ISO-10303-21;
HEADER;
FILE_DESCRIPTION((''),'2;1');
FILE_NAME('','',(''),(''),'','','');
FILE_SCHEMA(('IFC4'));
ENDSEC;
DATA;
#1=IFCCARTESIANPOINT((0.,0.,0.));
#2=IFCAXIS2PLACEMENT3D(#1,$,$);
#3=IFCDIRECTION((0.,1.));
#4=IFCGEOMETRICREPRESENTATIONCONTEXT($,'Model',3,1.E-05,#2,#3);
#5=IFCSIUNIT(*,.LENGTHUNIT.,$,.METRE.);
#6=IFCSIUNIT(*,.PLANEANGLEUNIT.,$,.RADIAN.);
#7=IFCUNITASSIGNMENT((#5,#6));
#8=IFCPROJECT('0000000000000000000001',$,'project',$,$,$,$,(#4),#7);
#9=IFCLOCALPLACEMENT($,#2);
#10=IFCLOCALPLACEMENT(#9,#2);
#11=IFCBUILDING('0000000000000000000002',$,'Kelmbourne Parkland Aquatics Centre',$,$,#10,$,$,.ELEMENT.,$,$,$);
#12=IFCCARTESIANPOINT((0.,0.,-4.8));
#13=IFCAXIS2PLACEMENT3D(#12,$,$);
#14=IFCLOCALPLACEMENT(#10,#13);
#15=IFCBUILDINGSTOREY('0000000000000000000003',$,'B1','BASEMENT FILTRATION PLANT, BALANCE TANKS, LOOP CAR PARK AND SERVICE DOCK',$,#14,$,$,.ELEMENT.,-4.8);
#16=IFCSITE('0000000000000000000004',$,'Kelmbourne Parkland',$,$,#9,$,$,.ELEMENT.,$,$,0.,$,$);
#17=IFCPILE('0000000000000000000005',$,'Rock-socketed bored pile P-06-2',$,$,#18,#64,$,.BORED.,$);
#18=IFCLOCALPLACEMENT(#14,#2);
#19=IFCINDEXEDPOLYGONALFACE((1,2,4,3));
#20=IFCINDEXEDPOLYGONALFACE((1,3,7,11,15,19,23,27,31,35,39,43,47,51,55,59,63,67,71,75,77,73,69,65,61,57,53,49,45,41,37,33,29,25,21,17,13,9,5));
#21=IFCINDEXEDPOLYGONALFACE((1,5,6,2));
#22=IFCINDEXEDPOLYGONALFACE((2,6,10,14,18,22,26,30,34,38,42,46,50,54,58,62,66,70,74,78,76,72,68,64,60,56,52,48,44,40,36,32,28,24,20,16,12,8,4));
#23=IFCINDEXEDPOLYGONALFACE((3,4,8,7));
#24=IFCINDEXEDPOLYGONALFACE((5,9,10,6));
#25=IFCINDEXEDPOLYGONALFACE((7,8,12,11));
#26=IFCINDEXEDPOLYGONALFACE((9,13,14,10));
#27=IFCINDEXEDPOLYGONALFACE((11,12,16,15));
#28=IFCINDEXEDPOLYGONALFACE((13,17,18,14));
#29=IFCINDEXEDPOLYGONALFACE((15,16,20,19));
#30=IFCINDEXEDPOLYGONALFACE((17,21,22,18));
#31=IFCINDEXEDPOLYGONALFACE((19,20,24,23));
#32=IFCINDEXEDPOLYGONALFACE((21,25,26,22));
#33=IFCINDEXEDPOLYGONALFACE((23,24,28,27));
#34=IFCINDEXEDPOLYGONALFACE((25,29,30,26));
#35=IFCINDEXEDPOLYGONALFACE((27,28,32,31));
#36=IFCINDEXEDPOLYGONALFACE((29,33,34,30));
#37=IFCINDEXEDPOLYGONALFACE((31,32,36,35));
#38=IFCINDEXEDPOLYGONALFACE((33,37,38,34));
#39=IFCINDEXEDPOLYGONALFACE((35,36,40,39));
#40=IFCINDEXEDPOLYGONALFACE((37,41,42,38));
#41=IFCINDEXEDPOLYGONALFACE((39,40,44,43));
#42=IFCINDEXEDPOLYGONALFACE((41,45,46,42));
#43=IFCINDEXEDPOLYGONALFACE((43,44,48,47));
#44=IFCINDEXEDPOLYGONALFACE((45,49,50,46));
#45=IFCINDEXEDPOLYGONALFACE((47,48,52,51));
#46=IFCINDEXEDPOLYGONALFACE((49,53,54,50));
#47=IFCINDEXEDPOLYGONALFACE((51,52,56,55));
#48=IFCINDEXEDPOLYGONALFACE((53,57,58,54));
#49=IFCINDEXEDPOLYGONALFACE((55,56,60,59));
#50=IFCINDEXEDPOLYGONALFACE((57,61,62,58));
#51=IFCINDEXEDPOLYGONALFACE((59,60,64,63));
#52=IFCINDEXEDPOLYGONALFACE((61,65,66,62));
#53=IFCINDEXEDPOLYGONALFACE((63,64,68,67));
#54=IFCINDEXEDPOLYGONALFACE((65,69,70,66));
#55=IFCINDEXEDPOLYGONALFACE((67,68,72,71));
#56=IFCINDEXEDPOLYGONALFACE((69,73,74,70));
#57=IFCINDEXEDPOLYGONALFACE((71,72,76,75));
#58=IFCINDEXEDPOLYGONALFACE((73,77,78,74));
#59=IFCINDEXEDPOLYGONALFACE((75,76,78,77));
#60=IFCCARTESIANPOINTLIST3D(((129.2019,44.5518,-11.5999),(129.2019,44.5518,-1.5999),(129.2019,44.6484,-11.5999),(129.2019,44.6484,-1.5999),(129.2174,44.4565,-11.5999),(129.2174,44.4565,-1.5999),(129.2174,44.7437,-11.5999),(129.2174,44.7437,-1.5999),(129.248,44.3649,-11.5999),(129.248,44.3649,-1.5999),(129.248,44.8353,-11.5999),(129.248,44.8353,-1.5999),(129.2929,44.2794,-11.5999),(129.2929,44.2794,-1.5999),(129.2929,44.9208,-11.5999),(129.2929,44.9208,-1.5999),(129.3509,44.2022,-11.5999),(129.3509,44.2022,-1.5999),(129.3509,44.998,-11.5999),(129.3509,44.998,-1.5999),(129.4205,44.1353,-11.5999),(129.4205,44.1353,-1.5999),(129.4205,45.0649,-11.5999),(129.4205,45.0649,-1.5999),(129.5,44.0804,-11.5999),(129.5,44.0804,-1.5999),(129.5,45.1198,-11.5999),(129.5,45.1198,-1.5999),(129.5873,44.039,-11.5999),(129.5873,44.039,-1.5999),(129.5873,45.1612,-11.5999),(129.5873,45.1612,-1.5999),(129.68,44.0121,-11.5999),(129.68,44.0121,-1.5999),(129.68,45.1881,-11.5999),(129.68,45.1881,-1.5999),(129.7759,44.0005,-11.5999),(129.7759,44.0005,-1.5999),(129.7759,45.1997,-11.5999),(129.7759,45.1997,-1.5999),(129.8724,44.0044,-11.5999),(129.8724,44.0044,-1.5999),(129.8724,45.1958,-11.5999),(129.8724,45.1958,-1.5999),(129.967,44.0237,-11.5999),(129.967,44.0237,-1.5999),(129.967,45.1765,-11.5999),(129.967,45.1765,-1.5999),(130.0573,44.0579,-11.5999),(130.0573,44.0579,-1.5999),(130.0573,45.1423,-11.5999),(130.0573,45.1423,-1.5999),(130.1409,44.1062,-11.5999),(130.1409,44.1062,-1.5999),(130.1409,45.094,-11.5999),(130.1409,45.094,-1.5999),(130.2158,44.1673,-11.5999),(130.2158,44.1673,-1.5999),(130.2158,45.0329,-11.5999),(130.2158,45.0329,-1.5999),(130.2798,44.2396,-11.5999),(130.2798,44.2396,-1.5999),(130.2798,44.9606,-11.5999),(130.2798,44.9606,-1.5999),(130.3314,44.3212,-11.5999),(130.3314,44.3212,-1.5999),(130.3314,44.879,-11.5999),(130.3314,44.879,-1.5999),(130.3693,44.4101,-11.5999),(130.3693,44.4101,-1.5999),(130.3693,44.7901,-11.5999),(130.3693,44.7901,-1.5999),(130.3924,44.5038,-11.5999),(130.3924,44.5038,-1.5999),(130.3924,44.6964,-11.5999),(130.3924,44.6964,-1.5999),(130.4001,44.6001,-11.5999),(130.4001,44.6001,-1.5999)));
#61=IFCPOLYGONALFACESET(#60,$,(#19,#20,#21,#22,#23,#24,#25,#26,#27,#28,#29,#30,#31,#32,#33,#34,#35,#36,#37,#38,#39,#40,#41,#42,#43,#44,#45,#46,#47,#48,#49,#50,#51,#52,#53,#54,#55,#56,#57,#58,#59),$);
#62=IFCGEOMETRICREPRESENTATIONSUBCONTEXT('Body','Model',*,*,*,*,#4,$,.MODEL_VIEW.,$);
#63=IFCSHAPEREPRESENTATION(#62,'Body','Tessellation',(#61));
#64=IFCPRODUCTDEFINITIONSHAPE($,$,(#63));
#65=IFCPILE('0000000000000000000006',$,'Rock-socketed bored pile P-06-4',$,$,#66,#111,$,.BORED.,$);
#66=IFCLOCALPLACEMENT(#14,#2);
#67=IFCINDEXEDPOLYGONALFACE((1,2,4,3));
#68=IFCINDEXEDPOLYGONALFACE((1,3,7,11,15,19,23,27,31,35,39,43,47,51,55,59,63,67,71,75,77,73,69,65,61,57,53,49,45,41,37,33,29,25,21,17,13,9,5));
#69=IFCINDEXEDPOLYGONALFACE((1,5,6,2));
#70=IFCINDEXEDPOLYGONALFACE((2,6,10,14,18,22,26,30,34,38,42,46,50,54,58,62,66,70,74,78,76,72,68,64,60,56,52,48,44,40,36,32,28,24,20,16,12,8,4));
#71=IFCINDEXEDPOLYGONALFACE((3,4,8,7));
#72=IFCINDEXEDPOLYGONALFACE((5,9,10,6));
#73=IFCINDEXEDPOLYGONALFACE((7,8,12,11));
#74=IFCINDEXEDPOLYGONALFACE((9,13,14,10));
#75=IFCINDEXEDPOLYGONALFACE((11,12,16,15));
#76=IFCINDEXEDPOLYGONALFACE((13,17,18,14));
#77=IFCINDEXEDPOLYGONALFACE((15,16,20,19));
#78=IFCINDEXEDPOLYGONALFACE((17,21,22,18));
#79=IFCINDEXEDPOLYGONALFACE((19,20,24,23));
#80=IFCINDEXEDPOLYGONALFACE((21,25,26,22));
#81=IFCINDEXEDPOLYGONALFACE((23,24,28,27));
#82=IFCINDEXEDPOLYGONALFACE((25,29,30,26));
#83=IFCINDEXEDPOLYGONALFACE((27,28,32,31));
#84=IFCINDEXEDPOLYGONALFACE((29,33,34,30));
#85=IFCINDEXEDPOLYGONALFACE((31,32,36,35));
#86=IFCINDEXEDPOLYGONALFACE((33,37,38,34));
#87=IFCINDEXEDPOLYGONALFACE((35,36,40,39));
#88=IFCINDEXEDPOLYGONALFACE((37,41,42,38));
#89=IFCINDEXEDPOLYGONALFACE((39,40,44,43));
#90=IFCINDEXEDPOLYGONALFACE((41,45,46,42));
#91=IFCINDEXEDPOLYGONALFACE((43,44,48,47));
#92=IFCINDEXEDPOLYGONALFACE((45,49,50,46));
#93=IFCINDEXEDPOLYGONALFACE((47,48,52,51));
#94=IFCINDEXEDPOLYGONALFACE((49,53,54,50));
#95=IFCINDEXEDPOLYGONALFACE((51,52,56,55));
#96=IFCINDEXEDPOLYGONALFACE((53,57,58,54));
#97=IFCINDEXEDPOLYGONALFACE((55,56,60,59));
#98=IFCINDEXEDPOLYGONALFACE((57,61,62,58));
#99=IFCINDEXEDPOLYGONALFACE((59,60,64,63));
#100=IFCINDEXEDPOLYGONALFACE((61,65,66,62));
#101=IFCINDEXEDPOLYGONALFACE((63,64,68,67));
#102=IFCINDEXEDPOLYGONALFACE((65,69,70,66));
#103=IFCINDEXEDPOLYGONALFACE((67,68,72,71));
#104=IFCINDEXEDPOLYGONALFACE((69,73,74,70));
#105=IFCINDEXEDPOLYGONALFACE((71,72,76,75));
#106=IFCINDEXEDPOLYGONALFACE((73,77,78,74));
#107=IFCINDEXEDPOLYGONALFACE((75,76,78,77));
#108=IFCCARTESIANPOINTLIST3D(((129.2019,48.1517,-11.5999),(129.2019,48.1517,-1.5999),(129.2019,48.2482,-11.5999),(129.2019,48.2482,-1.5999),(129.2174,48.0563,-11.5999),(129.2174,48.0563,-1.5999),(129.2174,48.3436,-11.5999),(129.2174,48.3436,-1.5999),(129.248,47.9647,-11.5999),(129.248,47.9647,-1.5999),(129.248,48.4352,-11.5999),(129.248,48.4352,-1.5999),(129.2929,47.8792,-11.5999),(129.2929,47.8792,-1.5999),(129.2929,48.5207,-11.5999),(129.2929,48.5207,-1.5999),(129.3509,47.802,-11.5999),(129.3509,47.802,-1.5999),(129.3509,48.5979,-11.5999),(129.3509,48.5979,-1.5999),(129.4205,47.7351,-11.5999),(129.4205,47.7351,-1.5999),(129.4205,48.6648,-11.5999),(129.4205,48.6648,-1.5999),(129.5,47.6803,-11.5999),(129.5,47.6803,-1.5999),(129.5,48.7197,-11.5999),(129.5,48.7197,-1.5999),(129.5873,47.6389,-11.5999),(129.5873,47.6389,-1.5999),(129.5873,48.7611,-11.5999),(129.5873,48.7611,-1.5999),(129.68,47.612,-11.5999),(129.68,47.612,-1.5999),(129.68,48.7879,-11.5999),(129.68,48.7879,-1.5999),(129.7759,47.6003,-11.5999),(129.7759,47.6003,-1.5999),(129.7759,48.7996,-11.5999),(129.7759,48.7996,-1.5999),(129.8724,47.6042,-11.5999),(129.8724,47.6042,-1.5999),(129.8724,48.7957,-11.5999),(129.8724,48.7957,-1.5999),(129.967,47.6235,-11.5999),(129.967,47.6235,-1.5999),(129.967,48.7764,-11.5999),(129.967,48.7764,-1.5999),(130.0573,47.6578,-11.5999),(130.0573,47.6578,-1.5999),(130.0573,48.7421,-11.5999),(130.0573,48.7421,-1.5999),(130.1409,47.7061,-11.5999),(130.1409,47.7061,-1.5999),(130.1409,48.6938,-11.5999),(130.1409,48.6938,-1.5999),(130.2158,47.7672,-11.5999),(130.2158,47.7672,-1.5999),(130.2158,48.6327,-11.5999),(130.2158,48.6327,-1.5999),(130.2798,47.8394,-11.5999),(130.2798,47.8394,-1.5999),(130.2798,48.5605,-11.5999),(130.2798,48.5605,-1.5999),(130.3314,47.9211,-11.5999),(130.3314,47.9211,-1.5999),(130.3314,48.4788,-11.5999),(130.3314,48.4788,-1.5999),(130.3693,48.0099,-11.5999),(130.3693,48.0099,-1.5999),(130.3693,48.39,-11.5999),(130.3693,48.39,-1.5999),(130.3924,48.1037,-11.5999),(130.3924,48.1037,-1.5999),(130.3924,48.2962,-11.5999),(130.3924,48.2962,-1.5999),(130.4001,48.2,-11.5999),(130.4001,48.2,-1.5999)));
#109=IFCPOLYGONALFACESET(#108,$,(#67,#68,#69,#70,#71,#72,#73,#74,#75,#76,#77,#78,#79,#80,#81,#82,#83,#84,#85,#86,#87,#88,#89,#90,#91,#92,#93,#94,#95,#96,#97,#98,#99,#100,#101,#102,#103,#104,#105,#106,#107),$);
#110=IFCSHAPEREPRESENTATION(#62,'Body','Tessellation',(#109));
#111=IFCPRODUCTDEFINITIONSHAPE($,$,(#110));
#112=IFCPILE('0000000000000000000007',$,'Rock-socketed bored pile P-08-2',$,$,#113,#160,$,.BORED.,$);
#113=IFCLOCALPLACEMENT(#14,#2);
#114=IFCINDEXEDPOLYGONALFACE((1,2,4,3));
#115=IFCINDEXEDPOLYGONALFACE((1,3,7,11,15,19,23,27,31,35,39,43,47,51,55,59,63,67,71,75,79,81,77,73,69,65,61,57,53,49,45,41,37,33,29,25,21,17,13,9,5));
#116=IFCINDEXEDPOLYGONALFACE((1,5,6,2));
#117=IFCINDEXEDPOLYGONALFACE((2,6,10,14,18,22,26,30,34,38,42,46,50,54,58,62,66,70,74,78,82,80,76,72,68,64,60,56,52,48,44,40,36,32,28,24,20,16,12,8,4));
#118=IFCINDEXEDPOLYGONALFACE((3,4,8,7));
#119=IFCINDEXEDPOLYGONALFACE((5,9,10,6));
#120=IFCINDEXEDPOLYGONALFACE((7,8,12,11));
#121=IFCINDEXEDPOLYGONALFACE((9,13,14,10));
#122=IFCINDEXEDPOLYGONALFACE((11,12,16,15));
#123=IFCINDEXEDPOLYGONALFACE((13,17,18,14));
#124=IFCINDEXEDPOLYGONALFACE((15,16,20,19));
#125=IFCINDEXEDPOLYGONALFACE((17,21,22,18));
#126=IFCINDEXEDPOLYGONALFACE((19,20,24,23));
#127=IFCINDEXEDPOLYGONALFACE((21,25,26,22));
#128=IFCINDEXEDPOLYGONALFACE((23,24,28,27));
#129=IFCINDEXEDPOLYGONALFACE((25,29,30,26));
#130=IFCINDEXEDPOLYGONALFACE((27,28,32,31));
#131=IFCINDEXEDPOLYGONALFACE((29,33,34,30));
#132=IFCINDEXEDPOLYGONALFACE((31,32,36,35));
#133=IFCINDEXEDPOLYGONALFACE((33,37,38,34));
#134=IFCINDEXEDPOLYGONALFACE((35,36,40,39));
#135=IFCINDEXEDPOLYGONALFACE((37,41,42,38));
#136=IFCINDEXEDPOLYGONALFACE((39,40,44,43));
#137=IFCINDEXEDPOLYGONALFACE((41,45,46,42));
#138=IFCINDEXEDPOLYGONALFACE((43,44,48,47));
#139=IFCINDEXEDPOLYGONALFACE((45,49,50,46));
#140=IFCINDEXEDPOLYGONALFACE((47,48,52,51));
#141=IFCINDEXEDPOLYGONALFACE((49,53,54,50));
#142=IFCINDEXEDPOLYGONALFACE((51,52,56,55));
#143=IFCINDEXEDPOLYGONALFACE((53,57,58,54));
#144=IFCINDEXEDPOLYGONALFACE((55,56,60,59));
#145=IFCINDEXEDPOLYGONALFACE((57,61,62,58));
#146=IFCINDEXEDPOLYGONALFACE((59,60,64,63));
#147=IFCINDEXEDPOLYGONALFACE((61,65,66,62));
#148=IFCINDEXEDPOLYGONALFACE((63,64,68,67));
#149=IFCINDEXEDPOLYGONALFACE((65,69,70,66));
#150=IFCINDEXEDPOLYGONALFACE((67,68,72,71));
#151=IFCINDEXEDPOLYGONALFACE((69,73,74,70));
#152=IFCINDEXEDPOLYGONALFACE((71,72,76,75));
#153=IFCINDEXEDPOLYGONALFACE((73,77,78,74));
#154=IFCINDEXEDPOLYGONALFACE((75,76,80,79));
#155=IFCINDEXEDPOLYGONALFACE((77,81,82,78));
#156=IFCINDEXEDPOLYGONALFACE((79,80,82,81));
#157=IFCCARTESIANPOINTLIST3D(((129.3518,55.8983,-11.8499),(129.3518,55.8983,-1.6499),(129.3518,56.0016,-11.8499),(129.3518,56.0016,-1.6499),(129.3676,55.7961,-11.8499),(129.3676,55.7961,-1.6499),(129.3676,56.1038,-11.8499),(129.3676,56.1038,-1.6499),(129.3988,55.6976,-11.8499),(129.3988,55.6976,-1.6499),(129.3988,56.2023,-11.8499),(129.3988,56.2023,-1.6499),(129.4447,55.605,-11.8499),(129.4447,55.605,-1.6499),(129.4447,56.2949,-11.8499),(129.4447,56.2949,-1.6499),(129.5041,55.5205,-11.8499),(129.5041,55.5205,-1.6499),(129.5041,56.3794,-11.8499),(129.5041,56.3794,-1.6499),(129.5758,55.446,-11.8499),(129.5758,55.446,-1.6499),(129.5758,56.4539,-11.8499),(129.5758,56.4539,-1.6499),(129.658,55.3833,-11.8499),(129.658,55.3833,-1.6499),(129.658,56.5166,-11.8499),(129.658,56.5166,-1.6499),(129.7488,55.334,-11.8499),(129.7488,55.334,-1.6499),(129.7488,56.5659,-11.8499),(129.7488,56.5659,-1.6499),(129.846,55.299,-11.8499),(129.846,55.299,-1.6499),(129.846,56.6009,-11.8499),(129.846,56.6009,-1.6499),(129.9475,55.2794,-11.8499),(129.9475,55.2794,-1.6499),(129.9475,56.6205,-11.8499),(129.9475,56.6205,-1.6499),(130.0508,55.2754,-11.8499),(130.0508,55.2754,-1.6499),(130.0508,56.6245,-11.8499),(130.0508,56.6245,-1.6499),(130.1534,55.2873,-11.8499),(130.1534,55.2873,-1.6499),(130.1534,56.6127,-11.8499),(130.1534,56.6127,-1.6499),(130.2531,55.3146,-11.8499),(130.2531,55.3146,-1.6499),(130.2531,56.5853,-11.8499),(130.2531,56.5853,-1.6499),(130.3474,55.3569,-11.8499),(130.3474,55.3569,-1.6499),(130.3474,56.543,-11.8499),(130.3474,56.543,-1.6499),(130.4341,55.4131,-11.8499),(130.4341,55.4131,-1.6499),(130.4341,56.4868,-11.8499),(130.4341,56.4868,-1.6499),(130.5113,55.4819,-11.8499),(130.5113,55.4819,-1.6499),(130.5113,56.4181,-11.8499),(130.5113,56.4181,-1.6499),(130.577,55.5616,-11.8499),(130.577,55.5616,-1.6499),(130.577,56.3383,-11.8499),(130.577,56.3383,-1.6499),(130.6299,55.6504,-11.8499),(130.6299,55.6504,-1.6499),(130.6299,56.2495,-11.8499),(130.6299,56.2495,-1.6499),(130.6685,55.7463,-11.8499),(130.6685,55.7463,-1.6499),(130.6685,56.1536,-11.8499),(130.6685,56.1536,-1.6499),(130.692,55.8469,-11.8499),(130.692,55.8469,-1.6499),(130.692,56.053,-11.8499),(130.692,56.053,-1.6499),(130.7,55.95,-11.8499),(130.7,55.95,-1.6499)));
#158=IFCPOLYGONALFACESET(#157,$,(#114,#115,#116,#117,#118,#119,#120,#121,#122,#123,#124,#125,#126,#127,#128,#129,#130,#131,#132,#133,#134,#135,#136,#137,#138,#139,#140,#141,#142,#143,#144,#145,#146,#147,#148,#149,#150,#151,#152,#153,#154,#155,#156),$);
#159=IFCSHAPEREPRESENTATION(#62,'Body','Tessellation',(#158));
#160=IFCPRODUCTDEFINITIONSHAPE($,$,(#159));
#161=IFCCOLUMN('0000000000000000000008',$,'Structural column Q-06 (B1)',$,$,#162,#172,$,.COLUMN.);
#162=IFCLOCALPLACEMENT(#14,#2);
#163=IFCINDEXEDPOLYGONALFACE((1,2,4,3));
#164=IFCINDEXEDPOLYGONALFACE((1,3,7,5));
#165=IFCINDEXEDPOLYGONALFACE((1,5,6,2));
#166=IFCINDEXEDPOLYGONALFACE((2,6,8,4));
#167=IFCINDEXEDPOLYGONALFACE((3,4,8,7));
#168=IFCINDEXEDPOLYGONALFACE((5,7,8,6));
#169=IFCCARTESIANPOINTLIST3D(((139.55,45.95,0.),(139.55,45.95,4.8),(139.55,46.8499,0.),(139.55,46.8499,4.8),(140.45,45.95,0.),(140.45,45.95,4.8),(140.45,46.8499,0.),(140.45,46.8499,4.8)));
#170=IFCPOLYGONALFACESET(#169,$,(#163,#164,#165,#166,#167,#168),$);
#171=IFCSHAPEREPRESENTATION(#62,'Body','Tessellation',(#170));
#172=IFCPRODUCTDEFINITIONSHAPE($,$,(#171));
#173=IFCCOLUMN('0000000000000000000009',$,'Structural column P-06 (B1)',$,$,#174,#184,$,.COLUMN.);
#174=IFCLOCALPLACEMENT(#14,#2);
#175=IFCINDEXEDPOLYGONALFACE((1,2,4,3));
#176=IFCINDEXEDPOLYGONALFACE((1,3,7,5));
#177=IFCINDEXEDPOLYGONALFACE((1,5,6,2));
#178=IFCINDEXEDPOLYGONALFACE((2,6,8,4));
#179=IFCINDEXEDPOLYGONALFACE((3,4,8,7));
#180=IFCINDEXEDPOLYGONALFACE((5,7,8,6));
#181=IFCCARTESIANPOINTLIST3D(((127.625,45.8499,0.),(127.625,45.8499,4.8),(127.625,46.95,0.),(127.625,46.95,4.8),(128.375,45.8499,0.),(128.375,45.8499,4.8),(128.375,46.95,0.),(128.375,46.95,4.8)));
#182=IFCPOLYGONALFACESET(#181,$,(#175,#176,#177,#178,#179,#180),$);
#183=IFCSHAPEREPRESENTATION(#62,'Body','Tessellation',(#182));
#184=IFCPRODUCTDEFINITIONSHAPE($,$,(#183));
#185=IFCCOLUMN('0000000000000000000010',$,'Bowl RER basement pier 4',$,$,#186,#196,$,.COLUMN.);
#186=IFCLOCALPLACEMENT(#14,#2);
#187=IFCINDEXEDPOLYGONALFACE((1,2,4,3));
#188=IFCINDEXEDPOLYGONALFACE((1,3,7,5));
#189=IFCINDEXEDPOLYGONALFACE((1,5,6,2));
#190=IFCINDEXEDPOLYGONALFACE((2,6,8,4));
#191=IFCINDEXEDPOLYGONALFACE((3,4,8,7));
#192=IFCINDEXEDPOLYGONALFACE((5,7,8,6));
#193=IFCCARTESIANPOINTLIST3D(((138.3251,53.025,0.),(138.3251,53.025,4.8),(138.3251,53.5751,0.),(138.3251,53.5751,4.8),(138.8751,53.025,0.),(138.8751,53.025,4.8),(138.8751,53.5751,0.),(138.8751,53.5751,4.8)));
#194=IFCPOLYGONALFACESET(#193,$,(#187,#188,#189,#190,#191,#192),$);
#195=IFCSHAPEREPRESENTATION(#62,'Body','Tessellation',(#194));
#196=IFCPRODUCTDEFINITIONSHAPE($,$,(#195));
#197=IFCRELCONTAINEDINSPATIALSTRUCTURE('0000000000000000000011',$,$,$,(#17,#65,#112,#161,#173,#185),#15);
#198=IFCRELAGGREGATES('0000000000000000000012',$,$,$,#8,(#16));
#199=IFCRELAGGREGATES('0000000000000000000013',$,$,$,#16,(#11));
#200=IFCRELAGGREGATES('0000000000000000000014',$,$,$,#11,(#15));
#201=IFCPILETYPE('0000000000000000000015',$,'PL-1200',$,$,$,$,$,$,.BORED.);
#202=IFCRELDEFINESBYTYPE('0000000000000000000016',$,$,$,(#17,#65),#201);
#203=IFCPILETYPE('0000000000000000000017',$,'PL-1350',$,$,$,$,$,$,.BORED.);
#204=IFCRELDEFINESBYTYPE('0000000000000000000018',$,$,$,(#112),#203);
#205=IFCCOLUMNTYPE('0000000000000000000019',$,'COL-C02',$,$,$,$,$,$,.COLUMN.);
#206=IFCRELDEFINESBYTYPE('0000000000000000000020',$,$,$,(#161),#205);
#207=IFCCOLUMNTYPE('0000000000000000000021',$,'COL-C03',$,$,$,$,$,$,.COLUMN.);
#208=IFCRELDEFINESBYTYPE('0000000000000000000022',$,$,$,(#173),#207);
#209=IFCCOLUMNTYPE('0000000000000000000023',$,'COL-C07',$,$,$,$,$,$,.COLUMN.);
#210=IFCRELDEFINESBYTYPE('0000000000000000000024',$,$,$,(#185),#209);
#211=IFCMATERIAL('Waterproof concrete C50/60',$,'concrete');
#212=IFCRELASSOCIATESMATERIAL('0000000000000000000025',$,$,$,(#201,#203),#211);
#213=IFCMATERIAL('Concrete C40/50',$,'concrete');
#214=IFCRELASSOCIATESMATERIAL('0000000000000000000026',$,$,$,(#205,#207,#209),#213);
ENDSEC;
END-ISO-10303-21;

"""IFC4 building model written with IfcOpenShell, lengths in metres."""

from ifc_helpers import new_model, si_unit, direction, frame, origin, origin_2d, place, context, subcontext, project, spatial, rectangle, circle, extrude, material, material_profile, profile_set, type_object, element, save


model = new_model("IFC4")

# Units and contexts
model_context = context("Model", 3, precision=1e-05, world=origin(), true_north=direction((0.0, 1.0)))
body_context = subcontext(model_context, "Body", "Model", "MODEL_VIEW")
ifc_project = project(units=[si_unit("LENGTHUNIT", "METRE"), si_unit("PLANEANGLEUNIT", "RADIAN")], contexts=[model_context])

# Site, building, storey
site_placement = place(None, origin())
site = spatial("IfcSite", under=ifc_project, at=site_placement, Name="Kelmbourne Parkland", CompositionType="ELEMENT", RefElevation=0.0)
building_placement = place(site_placement, origin())
building = spatial("IfcBuilding", under=site, at=building_placement, Name="Kelmbourne Parkland Aquatics Centre", CompositionType="ELEMENT")
storey_placement = place(building_placement, frame((0.0, 0.0, -4.8)))
storey = spatial("IfcBuildingStorey", under=building, at=storey_placement, Name="B1", Description="BASEMENT FILTRATION PLANT, BALANCE TANKS, LOOP CAR PARK AND SERVICE DOCK", CompositionType="ELEMENT", Elevation=-4.8)

# Shared definitions
ifc_material_1 = material(Name="Waterproof concrete C50/60", Category="concrete")

# Piles
ifc_material_profile_1 = material_profile(ifc_material_1, circle(Radius=0.6001, at=origin_2d()), Name="PILE D1200")
ifc_profile_set_1 = profile_set([ifc_material_profile_1], Name="Waterproof concrete C50/60")
pile_type_1 = type_object("IfcPileType", Name="PL-1200", PredefinedType="BORED", material=ifc_profile_set_1)
for number, where, z_axis, x_axis, name in (
    (1, (129.8, 44.6001, -1.5999), (0.0, 0.0, -1.0), (1.0, 0.0, 0.0), "Rock-socketed bored pile P-06-2"),
    (2, (129.8, 48.2, -1.5999), (0.0, 0.0, -1.0), (1.0, 0.0, 0.0), "Rock-socketed bored pile P-06-4"),
):
    element("IfcPile", number, at=place(storey_placement, frame(where, z_axis=z_axis, x_axis=x_axis)), inside=storey, type_object=pile_type_1, Name=name, PredefinedType="BORED", context=body_context, shape_type="SweptSolid", body=[
        extrude(circle(Radius=0.6001, at=origin_2d()), origin(), (0.0, 0.0, 1.0), 10.0),
    ])
ifc_material_profile_2 = material_profile(ifc_material_1, circle(Radius=0.675, at=origin_2d()), Name="PILE D1350")
ifc_profile_set_2 = profile_set([ifc_material_profile_2], Name="Waterproof concrete C50/60")
pile_type_2 = type_object("IfcPileType", Name="PL-1350", PredefinedType="BORED", material=ifc_profile_set_2)
pile_placement = place(storey_placement, frame((130.0249, 55.95, -1.6499), z_axis=(0.0, 0.0, -1.0), x_axis=(1.0, 0.0, 0.0)))
element("IfcPile", 3, at=pile_placement, inside=storey, type_object=pile_type_2, Name="Rock-socketed bored pile P-08-2", PredefinedType="BORED", context=body_context, shape_type="SweptSolid", body=[
    extrude(circle(Radius=0.675, at=origin_2d()), origin(), (0.0, 0.0, 1.0), 10.2),
])

# Columns
ifc_material_2 = material(Name="Concrete C40/50", Category="concrete")
ifc_material_profile_3 = material_profile(ifc_material_2, rectangle(XDim=0.8999, YDim=0.8999, at=origin_2d()), Name="RC 900x900")
ifc_profile_set_3 = profile_set([ifc_material_profile_3], Name="Concrete C40/50")
column_type_1 = type_object("IfcColumnType", Name="COL-C02", PredefinedType="COLUMN", material=ifc_profile_set_3)
column_1_placement = place(storey_placement, frame((140.0, 46.3999, 0.0), z_axis=(0.0, 0.0, 1.0), x_axis=(1.0, 0.0, 0.0)))
element("IfcColumn", 4, at=column_1_placement, inside=storey, type_object=column_type_1, Name="Structural column Q-06 (B1)", PredefinedType="COLUMN", context=body_context, shape_type="SweptSolid", body=[
    extrude(rectangle(XDim=0.8999, YDim=0.8999, at=origin_2d()), origin(), (0.0, 0.0, 1.0), 4.8),
])
ifc_material_profile_4 = material_profile(ifc_material_2, rectangle(XDim=0.75, YDim=1.1001, at=origin_2d()), Name="RC 750x1100")
ifc_profile_set_4 = profile_set([ifc_material_profile_4], Name="Concrete C40/50")
column_type_2 = type_object("IfcColumnType", Name="COL-C03", PredefinedType="COLUMN", material=ifc_profile_set_4)
column_2_placement = place(storey_placement, frame((128.0, 46.3999, 0.0), z_axis=(0.0, 0.0, 1.0), x_axis=(1.0, 0.0, 0.0)))
element("IfcColumn", 5, at=column_2_placement, inside=storey, type_object=column_type_2, Name="Structural column P-06 (B1)", PredefinedType="COLUMN", context=body_context, shape_type="SweptSolid", body=[
    extrude(rectangle(XDim=0.75, YDim=1.1001, at=origin_2d()), origin(), (0.0, 0.0, 1.0), 4.8),
])
ifc_material_profile_5 = material_profile(ifc_material_2, rectangle(XDim=0.55, YDim=0.55, at=origin_2d()), Name="RC 550x550")
ifc_profile_set_5 = profile_set([ifc_material_profile_5], Name="Concrete C40/50")
column_type_3 = type_object("IfcColumnType", Name="COL-C07", PredefinedType="COLUMN", material=ifc_profile_set_5)
column_3_placement = place(storey_placement, frame((138.6001, 53.3, 0.0), z_axis=(0.0, 0.0, 1.0), x_axis=(1.0, 0.0, 0.0)))
element("IfcColumn", 6, at=column_3_placement, inside=storey, type_object=column_type_3, Name="Bowl RER basement pier 4", PredefinedType="COLUMN", context=body_context, shape_type="SweptSolid", body=[
    extrude(rectangle(XDim=0.55, YDim=0.55, at=origin_2d()), origin(), (0.0, 0.0, 1.0), 4.8),
])

save(model, "model.ifc")
